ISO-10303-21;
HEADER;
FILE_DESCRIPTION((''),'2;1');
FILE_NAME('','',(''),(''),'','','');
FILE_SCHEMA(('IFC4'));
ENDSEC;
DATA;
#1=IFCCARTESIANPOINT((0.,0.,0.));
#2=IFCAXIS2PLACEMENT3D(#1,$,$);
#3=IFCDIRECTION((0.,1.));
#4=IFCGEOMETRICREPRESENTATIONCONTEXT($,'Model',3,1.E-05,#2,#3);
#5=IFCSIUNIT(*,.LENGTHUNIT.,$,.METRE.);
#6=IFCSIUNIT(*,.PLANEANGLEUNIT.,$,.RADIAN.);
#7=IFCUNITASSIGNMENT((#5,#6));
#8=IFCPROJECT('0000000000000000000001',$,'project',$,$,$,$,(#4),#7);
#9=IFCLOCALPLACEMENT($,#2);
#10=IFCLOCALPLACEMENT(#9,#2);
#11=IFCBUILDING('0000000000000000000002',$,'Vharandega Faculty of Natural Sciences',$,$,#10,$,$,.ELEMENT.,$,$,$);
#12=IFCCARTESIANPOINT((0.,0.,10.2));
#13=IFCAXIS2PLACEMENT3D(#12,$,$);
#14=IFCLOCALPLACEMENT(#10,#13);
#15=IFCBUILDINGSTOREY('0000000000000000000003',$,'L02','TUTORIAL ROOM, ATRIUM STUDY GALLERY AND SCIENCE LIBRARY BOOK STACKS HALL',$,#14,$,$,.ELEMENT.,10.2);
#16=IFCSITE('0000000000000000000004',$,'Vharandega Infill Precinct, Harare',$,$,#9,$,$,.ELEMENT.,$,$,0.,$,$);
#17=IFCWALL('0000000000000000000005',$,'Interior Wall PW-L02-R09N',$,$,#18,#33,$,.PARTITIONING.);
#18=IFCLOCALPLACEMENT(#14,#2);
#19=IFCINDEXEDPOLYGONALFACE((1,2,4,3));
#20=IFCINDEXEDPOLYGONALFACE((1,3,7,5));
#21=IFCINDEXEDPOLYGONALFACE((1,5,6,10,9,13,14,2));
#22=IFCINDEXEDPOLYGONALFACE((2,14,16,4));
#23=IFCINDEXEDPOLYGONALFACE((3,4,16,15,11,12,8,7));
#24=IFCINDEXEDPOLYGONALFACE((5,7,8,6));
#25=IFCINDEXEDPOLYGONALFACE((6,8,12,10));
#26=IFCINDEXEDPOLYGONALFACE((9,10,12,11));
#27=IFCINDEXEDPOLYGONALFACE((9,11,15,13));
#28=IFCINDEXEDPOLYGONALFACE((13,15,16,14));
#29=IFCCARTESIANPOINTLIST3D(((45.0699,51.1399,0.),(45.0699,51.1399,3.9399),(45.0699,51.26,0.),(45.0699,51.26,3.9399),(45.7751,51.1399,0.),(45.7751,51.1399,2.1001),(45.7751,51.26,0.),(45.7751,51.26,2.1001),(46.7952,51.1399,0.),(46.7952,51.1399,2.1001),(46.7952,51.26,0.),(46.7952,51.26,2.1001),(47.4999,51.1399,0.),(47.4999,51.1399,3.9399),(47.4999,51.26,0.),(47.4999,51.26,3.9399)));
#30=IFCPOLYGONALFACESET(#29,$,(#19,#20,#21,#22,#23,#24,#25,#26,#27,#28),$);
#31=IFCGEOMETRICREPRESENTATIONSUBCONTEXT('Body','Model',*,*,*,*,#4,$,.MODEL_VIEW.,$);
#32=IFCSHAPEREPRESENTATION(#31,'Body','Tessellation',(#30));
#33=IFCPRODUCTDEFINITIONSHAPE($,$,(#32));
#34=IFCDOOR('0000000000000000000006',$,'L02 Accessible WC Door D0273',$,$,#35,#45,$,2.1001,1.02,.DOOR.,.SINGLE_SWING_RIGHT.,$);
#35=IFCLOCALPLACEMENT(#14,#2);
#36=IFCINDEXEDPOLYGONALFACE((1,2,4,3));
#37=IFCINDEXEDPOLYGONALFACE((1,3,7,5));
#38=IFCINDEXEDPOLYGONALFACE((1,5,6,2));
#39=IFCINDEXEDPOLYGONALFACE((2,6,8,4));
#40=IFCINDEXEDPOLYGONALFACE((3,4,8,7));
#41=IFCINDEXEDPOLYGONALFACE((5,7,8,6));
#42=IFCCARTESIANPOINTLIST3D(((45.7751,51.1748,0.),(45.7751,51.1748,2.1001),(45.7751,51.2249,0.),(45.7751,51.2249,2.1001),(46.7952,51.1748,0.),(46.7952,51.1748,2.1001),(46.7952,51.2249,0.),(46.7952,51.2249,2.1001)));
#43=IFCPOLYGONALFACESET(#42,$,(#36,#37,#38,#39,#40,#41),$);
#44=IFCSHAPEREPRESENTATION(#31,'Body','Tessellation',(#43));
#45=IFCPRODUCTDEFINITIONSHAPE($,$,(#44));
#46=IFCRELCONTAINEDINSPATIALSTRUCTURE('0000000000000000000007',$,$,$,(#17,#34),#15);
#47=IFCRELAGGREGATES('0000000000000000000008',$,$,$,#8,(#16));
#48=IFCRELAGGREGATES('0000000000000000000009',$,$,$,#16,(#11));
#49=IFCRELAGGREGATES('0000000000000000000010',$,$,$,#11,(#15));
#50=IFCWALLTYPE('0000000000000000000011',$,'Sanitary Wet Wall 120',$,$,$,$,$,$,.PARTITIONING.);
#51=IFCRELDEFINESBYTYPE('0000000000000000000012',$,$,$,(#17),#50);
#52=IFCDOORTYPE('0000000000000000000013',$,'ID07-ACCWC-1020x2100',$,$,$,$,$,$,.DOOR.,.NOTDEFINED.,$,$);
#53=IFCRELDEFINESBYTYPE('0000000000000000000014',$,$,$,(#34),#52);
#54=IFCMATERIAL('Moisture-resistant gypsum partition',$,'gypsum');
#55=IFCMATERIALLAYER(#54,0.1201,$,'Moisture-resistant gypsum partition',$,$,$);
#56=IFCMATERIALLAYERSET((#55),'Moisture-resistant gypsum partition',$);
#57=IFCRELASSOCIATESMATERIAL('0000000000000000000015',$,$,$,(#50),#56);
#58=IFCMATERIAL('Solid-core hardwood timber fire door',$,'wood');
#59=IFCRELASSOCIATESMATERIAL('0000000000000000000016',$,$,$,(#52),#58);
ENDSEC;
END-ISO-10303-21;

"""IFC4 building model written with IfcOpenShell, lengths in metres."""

from ifc_helpers import new_model, si_unit, direction, frame, frame_2d, origin, place, context, subcontext, project, spatial, rectangle, extrude, material, layer, layer_set, type_object, element, fill, save


model = new_model("IFC4")

# Units and contexts
model_context = context("Model", 3, precision=1e-05, world=origin(), true_north=direction((0.0, 1.0)))
body_context = subcontext(model_context, "Body", "Model", "MODEL_VIEW")
ifc_project = project(units=[si_unit("LENGTHUNIT", "METRE"), si_unit("PLANEANGLEUNIT", "RADIAN")], contexts=[model_context])

# Site, building, storey
site_placement = place(None, origin())
site = spatial("IfcSite", under=ifc_project, at=site_placement, Name="Vharandega Infill Precinct, Harare", CompositionType="ELEMENT", RefElevation=0.0)
building_placement = place(site_placement, origin())
building = spatial("IfcBuilding", under=site, at=building_placement, Name="Vharandega Faculty of Natural Sciences", CompositionType="ELEMENT")
storey_placement = place(building_placement, frame((0.0, 0.0, 10.2)))
storey = spatial("IfcBuildingStorey", under=building, at=storey_placement, Name="L02", Description="TUTORIAL ROOM, ATRIUM STUDY GALLERY AND SCIENCE LIBRARY BOOK STACKS HALL", CompositionType="ELEMENT", Elevation=10.2)

# Wall, opening, door
ifc_material_1 = material(Name="Moisture-resistant gypsum partition", Category="gypsum")
ifc_layer_1 = layer(ifc_material_1, 0.1201, Name="Moisture-resistant gypsum partition")
ifc_layer_set_1 = layer_set([ifc_layer_1], Name="Moisture-resistant gypsum partition")
wall_type = type_object("IfcWallType", Name="Sanitary Wet Wall 120", PredefinedType="PARTITIONING", material=ifc_layer_set_1)
wall_1_placement = place(storey_placement, frame((45.0701, 51.2, 0.0), z_axis=(0.0, 0.0, 1.0), x_axis=(1.0, 0.0, 0.0)))
wall_1 = element("IfcWall", 1, at=wall_1_placement, inside=storey, type_object=wall_type, Name="Interior Wall PW-L02-R09N", PredefinedType="PARTITIONING", context=body_context, shape_type="SweptSolid", body=[
    extrude(rectangle(XDim=2.4299, YDim=0.1201, at=frame_2d((1.2148, 0.0))), origin(), (0.0, 0.0, 1.0), 3.9399),
])
opening_1_placement = place(wall_1_placement, frame((0.7051, 0.0, 0.0)))
opening_1 = element("IfcOpeningElement", 2, at=opening_1_placement, cuts=wall_1, PredefinedType="OPENING", context=body_context, shape_type="SweptSolid", body=[
    extrude(rectangle(XDim=1.02, YDim=2.1001, at=frame_2d((0.51, 1.05))), frame((0.0, 0.0701, 0.0), z_axis=(0.0, -1.0, 0.0), x_axis=(1.0, 0.0, 0.0)), (0.0, 0.0, 1.0), 0.1401),
])
ifc_material_2 = material(Name="Solid-core hardwood timber fire door", Category="wood")
door_type_1 = type_object("IfcDoorType", Name="ID07-ACCWC-1020x2100", OperationType="NOTDEFINED", PredefinedType="DOOR", material=ifc_material_2)
door_1_placement = place(opening_1_placement, origin())
door_1 = element("IfcDoor", 3, at=door_1_placement, inside=storey, type_object=door_type_1, Name="L02 Accessible WC Door D0273", OperationType="SINGLE_SWING_RIGHT", OverallHeight=2.1001, OverallWidth=1.02, PredefinedType="DOOR", context=body_context, shape_type="SweptSolid", body=[
    extrude(rectangle(XDim=1.02, YDim=2.1001, at=frame_2d((0.51, 1.05))), frame((0.0, 0.0249, 0.0), z_axis=(0.0, -1.0, 0.0), x_axis=(1.0, 0.0, 0.0)), (0.0, 0.0, 1.0), 0.05),
])
fill(opening_1, door_1)

save(model, "model.ifc")
